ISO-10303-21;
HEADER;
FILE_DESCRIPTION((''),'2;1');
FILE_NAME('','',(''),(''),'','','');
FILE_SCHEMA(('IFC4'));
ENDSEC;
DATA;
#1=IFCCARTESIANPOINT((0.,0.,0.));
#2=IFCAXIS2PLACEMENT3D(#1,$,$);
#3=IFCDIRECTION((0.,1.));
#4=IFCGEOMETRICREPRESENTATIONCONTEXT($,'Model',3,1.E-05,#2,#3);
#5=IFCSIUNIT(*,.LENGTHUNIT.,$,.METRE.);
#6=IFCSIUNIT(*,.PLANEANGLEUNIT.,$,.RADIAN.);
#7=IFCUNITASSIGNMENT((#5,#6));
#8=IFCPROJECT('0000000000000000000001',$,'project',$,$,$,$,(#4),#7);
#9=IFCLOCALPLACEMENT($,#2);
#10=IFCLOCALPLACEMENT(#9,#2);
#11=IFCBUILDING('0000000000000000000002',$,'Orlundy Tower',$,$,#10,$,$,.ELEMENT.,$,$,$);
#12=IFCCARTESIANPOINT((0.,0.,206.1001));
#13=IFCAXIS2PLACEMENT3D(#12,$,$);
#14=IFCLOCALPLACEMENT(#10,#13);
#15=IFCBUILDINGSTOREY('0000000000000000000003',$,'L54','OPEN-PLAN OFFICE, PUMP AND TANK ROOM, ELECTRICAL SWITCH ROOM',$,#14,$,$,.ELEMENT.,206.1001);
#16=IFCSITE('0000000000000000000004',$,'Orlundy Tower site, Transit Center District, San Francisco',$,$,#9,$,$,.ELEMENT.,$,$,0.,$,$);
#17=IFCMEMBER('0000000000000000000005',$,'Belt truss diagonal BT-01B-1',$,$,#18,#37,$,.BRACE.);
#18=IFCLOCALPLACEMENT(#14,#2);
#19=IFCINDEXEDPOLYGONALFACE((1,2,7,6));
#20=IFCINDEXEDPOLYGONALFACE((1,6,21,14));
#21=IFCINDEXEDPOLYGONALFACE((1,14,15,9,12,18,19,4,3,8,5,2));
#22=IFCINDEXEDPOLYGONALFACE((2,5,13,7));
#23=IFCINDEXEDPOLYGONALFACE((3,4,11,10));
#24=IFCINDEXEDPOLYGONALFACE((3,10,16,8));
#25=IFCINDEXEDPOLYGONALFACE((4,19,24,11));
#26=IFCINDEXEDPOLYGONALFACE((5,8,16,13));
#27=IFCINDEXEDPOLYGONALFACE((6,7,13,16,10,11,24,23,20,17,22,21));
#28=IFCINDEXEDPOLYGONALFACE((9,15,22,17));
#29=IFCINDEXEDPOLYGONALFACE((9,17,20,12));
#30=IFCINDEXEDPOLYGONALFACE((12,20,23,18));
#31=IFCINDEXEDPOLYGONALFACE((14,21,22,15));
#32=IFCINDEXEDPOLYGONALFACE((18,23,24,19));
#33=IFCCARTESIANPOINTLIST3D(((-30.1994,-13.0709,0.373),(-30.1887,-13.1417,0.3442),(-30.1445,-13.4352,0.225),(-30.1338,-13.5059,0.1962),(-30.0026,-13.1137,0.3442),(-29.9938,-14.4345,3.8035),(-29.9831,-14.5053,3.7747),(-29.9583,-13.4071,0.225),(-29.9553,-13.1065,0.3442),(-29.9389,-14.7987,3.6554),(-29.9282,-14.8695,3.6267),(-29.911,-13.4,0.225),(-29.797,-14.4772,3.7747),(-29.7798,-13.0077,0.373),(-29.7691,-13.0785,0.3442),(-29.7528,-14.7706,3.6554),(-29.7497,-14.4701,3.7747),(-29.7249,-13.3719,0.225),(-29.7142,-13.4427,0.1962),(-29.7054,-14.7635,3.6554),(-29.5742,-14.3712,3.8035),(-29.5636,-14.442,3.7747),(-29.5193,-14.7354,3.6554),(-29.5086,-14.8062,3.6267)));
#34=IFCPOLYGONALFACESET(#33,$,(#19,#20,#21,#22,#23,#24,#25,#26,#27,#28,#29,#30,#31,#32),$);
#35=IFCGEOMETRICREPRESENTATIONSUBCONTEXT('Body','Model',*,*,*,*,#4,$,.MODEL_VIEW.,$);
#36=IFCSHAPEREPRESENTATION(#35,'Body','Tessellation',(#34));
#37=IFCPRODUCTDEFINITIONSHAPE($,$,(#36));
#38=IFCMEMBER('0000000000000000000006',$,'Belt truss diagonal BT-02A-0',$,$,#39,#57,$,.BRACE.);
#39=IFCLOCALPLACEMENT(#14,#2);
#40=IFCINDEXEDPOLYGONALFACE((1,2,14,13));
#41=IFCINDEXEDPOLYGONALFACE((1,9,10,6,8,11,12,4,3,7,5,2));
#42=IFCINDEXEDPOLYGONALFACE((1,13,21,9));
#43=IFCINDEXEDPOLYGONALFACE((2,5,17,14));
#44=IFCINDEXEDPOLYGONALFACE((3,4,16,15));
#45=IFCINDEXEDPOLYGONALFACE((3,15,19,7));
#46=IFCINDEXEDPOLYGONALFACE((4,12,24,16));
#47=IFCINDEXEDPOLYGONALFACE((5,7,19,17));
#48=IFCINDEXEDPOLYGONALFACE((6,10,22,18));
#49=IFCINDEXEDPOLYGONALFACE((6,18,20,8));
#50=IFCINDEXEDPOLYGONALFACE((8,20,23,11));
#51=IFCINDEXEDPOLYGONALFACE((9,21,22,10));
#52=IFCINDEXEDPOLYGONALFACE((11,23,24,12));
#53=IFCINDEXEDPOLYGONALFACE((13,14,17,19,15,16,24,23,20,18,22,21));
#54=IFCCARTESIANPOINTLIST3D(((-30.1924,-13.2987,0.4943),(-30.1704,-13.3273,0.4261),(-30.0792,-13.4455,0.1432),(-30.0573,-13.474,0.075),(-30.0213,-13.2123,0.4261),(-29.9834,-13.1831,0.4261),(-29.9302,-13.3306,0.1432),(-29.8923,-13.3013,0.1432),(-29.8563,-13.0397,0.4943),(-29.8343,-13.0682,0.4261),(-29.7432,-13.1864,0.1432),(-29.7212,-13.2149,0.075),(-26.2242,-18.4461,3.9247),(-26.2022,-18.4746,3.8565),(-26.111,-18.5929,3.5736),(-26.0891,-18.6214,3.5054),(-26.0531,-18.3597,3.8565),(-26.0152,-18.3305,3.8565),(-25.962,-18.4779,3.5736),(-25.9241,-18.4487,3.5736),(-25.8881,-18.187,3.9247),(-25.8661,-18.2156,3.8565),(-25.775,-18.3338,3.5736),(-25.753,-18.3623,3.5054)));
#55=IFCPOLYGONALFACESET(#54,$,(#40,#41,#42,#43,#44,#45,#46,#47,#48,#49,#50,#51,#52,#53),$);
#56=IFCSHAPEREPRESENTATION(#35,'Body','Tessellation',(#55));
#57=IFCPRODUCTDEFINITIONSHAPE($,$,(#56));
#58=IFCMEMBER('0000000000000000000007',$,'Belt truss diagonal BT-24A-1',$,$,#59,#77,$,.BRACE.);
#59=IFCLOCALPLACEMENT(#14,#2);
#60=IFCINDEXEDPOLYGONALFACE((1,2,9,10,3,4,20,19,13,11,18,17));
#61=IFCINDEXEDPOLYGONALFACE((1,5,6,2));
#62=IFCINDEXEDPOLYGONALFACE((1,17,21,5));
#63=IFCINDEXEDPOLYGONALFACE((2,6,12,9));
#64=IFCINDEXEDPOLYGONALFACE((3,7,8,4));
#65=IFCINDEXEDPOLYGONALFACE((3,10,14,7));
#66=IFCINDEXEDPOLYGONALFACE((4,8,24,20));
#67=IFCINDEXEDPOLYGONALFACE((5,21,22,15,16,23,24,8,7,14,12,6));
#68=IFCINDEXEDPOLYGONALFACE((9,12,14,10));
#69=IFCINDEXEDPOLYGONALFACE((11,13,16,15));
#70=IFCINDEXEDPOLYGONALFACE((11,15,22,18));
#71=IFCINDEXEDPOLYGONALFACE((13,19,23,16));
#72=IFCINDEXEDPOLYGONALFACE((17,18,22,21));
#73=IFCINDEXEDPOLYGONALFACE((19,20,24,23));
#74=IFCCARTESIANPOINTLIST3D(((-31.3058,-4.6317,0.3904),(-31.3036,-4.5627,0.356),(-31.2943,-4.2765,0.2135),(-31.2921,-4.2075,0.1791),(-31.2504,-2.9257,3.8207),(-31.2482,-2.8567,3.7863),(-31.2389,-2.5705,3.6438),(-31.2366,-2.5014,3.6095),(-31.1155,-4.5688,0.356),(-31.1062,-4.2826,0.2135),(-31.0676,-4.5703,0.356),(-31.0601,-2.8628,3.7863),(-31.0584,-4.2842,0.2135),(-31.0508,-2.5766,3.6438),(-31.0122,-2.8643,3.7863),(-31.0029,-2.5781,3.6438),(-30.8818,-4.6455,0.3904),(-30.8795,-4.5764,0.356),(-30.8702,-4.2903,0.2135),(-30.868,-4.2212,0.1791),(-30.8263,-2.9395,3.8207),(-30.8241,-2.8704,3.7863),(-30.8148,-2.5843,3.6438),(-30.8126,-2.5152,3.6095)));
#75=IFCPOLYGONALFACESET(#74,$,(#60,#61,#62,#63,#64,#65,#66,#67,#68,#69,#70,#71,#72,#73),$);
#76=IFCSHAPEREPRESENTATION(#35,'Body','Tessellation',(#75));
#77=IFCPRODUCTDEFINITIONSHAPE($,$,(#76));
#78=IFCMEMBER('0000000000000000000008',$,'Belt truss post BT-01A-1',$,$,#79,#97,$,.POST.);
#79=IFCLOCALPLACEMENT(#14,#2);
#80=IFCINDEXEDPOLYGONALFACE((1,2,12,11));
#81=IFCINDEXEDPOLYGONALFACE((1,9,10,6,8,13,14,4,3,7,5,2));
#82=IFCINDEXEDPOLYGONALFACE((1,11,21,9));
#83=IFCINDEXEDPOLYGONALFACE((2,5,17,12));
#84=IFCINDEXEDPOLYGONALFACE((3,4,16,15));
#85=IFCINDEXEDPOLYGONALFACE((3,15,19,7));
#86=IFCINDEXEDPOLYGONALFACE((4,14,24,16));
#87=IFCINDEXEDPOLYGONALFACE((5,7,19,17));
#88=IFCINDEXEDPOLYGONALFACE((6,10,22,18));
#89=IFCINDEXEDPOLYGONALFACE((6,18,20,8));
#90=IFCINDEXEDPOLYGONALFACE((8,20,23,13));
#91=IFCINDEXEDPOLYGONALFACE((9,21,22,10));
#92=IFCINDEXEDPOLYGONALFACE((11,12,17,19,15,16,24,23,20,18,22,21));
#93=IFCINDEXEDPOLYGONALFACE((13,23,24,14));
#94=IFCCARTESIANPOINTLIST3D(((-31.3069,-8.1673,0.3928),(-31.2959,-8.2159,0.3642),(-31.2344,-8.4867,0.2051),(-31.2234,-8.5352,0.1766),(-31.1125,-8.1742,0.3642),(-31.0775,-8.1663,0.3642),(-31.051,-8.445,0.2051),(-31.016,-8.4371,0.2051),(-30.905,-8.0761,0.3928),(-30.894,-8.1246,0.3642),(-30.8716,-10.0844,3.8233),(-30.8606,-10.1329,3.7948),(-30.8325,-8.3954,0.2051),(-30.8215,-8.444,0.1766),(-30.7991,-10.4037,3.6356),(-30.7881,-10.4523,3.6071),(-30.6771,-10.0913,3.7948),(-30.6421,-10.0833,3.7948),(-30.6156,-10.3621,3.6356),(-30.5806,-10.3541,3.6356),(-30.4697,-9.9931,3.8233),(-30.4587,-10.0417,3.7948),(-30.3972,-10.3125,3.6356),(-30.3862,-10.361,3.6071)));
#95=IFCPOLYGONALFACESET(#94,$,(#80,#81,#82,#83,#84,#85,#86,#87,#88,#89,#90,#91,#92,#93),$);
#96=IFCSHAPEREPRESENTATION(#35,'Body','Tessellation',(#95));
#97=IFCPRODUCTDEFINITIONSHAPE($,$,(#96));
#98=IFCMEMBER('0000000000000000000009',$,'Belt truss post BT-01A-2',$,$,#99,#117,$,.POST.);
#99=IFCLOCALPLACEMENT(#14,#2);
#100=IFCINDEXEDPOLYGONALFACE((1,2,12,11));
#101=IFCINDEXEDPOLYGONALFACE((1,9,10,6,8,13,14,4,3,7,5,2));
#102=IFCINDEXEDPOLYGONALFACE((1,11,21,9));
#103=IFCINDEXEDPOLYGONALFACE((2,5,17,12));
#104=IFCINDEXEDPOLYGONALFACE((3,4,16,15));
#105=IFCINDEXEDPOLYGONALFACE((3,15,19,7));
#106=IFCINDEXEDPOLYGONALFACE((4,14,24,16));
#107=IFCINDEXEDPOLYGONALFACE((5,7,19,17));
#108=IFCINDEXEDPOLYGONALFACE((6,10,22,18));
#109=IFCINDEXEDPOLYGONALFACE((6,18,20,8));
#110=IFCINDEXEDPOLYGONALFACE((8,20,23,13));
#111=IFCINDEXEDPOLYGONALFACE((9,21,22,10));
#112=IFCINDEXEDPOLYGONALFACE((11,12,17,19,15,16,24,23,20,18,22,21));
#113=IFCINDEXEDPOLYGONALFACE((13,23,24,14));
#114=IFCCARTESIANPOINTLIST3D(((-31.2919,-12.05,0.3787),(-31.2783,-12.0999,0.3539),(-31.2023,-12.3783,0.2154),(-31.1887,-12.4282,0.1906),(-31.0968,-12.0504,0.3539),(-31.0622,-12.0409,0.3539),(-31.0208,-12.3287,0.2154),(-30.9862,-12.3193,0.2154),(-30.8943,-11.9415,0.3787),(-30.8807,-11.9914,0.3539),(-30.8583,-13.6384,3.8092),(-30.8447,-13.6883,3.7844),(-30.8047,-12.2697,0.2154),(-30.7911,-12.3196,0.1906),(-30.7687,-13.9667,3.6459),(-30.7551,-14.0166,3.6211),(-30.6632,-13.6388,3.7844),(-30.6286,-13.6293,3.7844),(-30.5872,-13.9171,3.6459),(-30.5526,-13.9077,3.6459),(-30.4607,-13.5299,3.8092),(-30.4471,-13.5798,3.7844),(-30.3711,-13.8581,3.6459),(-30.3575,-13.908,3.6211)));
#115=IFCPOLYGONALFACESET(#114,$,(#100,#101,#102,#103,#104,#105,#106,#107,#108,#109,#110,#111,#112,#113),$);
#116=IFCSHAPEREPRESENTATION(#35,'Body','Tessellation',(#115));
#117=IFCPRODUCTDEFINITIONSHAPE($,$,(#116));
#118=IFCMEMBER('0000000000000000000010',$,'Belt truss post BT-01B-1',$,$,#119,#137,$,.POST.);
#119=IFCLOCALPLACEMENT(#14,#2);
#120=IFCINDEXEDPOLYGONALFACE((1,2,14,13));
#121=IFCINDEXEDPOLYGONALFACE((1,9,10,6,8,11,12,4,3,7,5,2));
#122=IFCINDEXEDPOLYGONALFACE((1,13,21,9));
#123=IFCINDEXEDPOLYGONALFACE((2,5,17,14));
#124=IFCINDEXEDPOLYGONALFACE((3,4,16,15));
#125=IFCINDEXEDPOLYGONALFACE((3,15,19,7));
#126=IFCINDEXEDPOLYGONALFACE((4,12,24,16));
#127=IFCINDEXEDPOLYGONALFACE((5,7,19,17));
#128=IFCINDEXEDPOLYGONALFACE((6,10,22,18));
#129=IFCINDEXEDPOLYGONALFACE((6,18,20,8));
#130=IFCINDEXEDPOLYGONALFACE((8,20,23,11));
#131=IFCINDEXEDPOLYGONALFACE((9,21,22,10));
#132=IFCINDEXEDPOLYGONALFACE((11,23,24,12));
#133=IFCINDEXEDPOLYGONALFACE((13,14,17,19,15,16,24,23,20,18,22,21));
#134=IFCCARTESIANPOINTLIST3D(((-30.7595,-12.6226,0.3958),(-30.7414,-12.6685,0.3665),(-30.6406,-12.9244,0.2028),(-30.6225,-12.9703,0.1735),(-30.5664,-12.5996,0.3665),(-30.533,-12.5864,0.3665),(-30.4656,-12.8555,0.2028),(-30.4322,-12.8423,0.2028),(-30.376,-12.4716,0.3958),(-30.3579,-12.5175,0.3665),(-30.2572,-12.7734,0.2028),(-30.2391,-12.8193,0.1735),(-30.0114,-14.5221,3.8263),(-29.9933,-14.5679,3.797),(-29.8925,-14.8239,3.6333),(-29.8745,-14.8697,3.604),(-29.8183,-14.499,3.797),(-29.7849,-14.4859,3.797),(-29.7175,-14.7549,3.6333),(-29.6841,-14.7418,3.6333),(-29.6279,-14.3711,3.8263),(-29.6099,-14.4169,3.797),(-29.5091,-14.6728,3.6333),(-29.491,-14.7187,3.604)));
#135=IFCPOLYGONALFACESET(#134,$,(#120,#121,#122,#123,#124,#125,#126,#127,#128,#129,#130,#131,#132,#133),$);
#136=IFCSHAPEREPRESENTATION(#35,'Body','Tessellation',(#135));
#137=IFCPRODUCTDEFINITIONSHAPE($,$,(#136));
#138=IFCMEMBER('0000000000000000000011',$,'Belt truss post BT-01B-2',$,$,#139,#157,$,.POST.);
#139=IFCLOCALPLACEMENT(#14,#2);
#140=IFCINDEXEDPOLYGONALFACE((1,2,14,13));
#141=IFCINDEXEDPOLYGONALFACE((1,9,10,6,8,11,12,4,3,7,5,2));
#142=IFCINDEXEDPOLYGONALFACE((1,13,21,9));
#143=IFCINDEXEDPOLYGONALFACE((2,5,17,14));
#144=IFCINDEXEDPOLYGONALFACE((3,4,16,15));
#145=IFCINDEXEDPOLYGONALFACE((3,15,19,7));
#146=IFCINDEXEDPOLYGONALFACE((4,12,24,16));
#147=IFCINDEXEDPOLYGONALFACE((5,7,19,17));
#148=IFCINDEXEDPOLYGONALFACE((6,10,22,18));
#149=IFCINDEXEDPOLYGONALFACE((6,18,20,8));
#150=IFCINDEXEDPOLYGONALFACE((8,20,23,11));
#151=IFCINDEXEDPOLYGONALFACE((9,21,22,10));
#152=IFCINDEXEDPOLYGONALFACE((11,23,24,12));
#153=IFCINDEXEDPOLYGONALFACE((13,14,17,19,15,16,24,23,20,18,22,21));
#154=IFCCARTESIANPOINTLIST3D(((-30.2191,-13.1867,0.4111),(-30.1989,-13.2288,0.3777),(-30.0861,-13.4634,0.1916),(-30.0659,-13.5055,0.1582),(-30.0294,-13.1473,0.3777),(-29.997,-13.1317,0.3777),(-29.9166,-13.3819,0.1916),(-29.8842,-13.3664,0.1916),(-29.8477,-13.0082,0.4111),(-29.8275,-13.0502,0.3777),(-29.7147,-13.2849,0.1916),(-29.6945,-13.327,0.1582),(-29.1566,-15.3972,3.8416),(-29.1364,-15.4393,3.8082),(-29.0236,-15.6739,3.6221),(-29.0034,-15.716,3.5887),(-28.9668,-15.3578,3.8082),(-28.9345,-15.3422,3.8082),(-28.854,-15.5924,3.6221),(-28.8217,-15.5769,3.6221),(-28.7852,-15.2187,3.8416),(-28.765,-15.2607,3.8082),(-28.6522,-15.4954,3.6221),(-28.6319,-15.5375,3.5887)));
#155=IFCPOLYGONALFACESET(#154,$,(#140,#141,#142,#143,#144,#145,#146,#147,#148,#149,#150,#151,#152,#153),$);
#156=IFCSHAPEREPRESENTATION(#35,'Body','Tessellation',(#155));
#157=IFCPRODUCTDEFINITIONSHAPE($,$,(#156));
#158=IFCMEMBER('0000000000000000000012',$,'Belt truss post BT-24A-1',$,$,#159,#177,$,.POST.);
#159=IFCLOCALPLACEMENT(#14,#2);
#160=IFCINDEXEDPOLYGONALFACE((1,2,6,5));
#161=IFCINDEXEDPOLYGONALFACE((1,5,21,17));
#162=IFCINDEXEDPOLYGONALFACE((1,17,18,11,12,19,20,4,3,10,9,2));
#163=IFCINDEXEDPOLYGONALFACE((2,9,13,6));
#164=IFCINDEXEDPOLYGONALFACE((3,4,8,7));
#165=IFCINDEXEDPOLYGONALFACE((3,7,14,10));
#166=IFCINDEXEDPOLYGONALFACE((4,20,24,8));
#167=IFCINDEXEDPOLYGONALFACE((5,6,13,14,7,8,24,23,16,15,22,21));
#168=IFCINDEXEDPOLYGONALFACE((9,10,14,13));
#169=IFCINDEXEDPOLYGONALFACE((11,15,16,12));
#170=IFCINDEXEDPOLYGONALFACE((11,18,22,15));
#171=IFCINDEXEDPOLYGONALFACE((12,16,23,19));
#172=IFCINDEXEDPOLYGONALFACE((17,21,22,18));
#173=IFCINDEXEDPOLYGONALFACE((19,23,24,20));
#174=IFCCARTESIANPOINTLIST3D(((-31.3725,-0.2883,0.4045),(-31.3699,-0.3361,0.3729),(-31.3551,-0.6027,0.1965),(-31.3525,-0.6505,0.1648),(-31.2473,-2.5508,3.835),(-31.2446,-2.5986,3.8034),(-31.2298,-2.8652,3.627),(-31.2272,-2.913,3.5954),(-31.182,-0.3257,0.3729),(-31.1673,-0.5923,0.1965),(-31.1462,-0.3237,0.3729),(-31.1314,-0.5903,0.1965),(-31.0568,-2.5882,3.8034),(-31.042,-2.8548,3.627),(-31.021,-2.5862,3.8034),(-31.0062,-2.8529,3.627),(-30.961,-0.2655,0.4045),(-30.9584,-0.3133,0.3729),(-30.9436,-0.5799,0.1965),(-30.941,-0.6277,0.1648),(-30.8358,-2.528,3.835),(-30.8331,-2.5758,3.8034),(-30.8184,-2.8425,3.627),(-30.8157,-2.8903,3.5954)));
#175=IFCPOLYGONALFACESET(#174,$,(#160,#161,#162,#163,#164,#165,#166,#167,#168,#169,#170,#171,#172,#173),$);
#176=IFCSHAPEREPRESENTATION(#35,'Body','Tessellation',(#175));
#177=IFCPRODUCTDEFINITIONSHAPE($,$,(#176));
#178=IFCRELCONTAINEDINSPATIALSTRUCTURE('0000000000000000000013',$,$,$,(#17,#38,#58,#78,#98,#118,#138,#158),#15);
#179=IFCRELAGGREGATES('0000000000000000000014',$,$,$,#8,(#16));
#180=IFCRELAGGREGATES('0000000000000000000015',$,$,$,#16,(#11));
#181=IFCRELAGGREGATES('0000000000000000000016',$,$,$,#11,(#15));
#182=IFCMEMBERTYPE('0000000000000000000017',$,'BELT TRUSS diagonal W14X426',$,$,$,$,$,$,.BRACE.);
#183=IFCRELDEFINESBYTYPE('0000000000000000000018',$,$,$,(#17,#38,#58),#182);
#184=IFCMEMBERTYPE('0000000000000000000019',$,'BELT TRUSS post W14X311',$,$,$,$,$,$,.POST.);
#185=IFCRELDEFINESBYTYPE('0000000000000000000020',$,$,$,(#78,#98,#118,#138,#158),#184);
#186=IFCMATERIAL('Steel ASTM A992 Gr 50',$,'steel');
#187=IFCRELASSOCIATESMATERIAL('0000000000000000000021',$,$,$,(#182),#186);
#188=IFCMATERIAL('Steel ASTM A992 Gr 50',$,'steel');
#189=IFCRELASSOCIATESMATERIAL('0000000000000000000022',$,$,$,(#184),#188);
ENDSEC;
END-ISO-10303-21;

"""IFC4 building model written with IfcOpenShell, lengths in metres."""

from ifc_helpers import new_model, si_unit, direction, frame, origin, origin_2d, place, context, subcontext, project, spatial, i_section, extrude, material, material_profile, profile_set, type_object, element, save


model = new_model("IFC4")

# Units and contexts
model_context = context("Model", 3, precision=1e-05, world=origin(), true_north=direction((0.0, 1.0)))
body_context = subcontext(model_context, "Body", "Model", "MODEL_VIEW")
ifc_project = project(units=[si_unit("LENGTHUNIT", "METRE"), si_unit("PLANEANGLEUNIT", "RADIAN")], contexts=[model_context])

# Site, building, storey
site_placement = place(None, origin())
site = spatial("IfcSite", under=ifc_project, at=site_placement, Name="Orlundy Tower site, Transit Center District, San Francisco", CompositionType="ELEMENT", RefElevation=0.0)
building_placement = place(site_placement, origin())
building = spatial("IfcBuilding", under=site, at=building_placement, Name="Orlundy Tower", CompositionType="ELEMENT")
storey_placement = place(building_placement, frame((0.0, 0.0, 206.1001)))
storey = spatial("IfcBuildingStorey", under=building, at=storey_placement, Name="L54", Description="OPEN-PLAN OFFICE, PUMP AND TANK ROOM, ELECTRICAL SWITCH ROOM", CompositionType="ELEMENT", Elevation=206.1001)

# Members
ifc_material_1 = material(Name="Steel ASTM A992 Gr 50", Category="steel")
ifc_material_profile_1 = material_profile(ifc_material_1, i_section(OverallWidth=0.4243, OverallDepth=0.4741, WebThickness=0.0479, FlangeThickness=0.0771, at=origin_2d()), Name="W14X426")
ifc_profile_set_1 = profile_set([ifc_material_profile_1], Name="Steel ASTM A992 Gr 50")
member_type_1 = type_object("IfcMemberType", Name="BELT TRUSS diagonal W14X426", PredefinedType="BRACE", material=ifc_profile_set_1)
member_1_placement = place(storey_placement, frame((-29.7512, -14.6204, 3.7151), z_axis=(-0.055601, 0.3688, -0.927844), x_axis=(-0.988826, -0.149076, 0.0)))
element("IfcMember", 1, at=member_1_placement, inside=storey, type_object=member_type_1, Name="Belt truss diagonal BT-01B-1", PredefinedType="BRACE", context=body_context, shape_type="SweptSolid", body=[
    extrude(i_section(OverallWidth=0.4243, OverallDepth=0.4741, WebThickness=0.0479, FlangeThickness=0.0771, at=origin_2d()), origin(), (0.0, 0.0, 1.0), 3.6973),
])
member_2_placement = place(storey_placement, frame((-29.9568, -13.2568, 0.2847), z_axis=(0.539956, -0.700408, 0.466772), x_axis=(0.791978, 0.610549, 0.0)))
element("IfcMember", 2, at=member_2_placement, inside=storey, type_object=member_type_1, Name="Belt truss diagonal BT-02A-0", PredefinedType="BRACE", context=body_context, shape_type="SweptSolid", body=[
    extrude(i_section(OverallWidth=0.4243, OverallDepth=0.4741, WebThickness=0.0479, FlangeThickness=0.0771, at=origin_2d()), origin(), (0.0, 0.0, 1.0), 7.3491),
])
member_3_placement = place(storey_placement, frame((-31.0315, -2.7205, 3.7151), z_axis=(-0.014464, -0.445254, -0.895287), x_axis=(0.999473, -0.032467, 0.0)))
element("IfcMember", 3, at=member_3_placement, inside=storey, type_object=member_type_1, Name="Belt truss diagonal BT-24A-1", PredefinedType="BRACE", context=body_context, shape_type="SweptSolid", body=[
    extrude(i_section(OverallWidth=0.4243, OverallDepth=0.4741, WebThickness=0.0479, FlangeThickness=0.0771, at=origin_2d()), origin(), (0.0, 0.0, 1.0), 3.8315),
])
ifc_material_2 = material(Name="Steel ASTM A992 Gr 50", Category="steel")
ifc_material_profile_2 = material_profile(ifc_material_2, i_section(OverallWidth=0.4121, OverallDepth=0.4348, WebThickness=0.0359, FlangeThickness=0.0574, at=origin_2d()), Name="W14X311")
ifc_profile_set_2 = profile_set([ifc_material_profile_2], Name="Steel ASTM A992 Gr 50")
member_type_2 = type_object("IfcMemberType", Name="BELT TRUSS post W14X311", PredefinedType="POST", material=ifc_profile_set_2)
member_4_placement = place(storey_placement, frame((-31.0642, -8.3057, 0.2847), z_axis=(0.110099, -0.484854, 0.867637), x_axis=(0.975174, 0.221439, 0.0)))
element("IfcMember", 4, at=member_4_placement, inside=storey, type_object=member_type_2, Name="Belt truss post BT-01A-1", PredefinedType="POST", context=body_context, shape_type="SweptSolid", body=[
    extrude(i_section(OverallWidth=0.4121, OverallDepth=0.4348, WebThickness=0.0359, FlangeThickness=0.0574, at=origin_2d()), origin(), (0.0, 0.0, 1.0), 3.9539),
])
member_5_placement = place(storey_placement, frame((-31.0415, -12.1848, 0.2847), z_axis=(0.113951, -0.417435, 0.901534), x_axis=(0.964702, 0.263343, 0.0)))
element("IfcMember", 5, at=member_5_placement, inside=storey, type_object=member_type_2, Name="Belt truss post BT-01A-2", PredefinedType="POST", context=body_context, shape_type="SweptSolid", body=[
    extrude(i_section(OverallWidth=0.4121, OverallDepth=0.4348, WebThickness=0.0359, FlangeThickness=0.0574, at=origin_2d()), origin(), (0.0, 0.0, 1.0), 3.8052),
])
member_6_placement = place(storey_placement, frame((-30.4993, -12.7209, 0.2847), z_axis=(0.187392, -0.475819, 0.859349), x_axis=(0.930443, 0.366437, 0.0)))
element("IfcMember", 6, at=member_6_placement, inside=storey, type_object=member_type_2, Name="Belt truss post BT-01B-1", PredefinedType="POST", context=body_context, shape_type="SweptSolid", body=[
    extrude(i_section(OverallWidth=0.4121, OverallDepth=0.4348, WebThickness=0.0359, FlangeThickness=0.0574, at=origin_2d()), origin(), (0.0, 0.0, 1.0), 3.9919),
])
member_7_placement = place(storey_placement, frame((-29.9568, -13.2568, 0.2847), z_axis=(0.251959, -0.52418, 0.813481), x_axis=(0.901287, 0.433223, 0.0)))
element("IfcMember", 7, at=member_7_placement, inside=storey, type_object=member_type_2, Name="Belt truss post BT-01B-2", PredefinedType="POST", context=body_context, shape_type="SweptSolid", body=[
    extrude(i_section(OverallWidth=0.4121, OverallDepth=0.4348, WebThickness=0.0359, FlangeThickness=0.0574, at=origin_2d()), origin(), (0.0, 0.0, 1.0), 4.217),
])
member_8_placement = place(storey_placement, frame((-31.1567, -0.458, 0.2847), z_axis=(0.030464, -0.550311, 0.834404), x_axis=(0.998471, 0.055273, 0.0)))
element("IfcMember", 8, at=member_8_placement, inside=storey, type_object=member_type_2, Name="Belt truss post BT-24A-1", PredefinedType="POST", context=body_context, shape_type="SweptSolid", body=[
    extrude(i_section(OverallWidth=0.4121, OverallDepth=0.4348, WebThickness=0.0359, FlangeThickness=0.0574, at=origin_2d()), origin(), (0.0, 0.0, 1.0), 4.1113),
])

save(model, "model.ifc")
